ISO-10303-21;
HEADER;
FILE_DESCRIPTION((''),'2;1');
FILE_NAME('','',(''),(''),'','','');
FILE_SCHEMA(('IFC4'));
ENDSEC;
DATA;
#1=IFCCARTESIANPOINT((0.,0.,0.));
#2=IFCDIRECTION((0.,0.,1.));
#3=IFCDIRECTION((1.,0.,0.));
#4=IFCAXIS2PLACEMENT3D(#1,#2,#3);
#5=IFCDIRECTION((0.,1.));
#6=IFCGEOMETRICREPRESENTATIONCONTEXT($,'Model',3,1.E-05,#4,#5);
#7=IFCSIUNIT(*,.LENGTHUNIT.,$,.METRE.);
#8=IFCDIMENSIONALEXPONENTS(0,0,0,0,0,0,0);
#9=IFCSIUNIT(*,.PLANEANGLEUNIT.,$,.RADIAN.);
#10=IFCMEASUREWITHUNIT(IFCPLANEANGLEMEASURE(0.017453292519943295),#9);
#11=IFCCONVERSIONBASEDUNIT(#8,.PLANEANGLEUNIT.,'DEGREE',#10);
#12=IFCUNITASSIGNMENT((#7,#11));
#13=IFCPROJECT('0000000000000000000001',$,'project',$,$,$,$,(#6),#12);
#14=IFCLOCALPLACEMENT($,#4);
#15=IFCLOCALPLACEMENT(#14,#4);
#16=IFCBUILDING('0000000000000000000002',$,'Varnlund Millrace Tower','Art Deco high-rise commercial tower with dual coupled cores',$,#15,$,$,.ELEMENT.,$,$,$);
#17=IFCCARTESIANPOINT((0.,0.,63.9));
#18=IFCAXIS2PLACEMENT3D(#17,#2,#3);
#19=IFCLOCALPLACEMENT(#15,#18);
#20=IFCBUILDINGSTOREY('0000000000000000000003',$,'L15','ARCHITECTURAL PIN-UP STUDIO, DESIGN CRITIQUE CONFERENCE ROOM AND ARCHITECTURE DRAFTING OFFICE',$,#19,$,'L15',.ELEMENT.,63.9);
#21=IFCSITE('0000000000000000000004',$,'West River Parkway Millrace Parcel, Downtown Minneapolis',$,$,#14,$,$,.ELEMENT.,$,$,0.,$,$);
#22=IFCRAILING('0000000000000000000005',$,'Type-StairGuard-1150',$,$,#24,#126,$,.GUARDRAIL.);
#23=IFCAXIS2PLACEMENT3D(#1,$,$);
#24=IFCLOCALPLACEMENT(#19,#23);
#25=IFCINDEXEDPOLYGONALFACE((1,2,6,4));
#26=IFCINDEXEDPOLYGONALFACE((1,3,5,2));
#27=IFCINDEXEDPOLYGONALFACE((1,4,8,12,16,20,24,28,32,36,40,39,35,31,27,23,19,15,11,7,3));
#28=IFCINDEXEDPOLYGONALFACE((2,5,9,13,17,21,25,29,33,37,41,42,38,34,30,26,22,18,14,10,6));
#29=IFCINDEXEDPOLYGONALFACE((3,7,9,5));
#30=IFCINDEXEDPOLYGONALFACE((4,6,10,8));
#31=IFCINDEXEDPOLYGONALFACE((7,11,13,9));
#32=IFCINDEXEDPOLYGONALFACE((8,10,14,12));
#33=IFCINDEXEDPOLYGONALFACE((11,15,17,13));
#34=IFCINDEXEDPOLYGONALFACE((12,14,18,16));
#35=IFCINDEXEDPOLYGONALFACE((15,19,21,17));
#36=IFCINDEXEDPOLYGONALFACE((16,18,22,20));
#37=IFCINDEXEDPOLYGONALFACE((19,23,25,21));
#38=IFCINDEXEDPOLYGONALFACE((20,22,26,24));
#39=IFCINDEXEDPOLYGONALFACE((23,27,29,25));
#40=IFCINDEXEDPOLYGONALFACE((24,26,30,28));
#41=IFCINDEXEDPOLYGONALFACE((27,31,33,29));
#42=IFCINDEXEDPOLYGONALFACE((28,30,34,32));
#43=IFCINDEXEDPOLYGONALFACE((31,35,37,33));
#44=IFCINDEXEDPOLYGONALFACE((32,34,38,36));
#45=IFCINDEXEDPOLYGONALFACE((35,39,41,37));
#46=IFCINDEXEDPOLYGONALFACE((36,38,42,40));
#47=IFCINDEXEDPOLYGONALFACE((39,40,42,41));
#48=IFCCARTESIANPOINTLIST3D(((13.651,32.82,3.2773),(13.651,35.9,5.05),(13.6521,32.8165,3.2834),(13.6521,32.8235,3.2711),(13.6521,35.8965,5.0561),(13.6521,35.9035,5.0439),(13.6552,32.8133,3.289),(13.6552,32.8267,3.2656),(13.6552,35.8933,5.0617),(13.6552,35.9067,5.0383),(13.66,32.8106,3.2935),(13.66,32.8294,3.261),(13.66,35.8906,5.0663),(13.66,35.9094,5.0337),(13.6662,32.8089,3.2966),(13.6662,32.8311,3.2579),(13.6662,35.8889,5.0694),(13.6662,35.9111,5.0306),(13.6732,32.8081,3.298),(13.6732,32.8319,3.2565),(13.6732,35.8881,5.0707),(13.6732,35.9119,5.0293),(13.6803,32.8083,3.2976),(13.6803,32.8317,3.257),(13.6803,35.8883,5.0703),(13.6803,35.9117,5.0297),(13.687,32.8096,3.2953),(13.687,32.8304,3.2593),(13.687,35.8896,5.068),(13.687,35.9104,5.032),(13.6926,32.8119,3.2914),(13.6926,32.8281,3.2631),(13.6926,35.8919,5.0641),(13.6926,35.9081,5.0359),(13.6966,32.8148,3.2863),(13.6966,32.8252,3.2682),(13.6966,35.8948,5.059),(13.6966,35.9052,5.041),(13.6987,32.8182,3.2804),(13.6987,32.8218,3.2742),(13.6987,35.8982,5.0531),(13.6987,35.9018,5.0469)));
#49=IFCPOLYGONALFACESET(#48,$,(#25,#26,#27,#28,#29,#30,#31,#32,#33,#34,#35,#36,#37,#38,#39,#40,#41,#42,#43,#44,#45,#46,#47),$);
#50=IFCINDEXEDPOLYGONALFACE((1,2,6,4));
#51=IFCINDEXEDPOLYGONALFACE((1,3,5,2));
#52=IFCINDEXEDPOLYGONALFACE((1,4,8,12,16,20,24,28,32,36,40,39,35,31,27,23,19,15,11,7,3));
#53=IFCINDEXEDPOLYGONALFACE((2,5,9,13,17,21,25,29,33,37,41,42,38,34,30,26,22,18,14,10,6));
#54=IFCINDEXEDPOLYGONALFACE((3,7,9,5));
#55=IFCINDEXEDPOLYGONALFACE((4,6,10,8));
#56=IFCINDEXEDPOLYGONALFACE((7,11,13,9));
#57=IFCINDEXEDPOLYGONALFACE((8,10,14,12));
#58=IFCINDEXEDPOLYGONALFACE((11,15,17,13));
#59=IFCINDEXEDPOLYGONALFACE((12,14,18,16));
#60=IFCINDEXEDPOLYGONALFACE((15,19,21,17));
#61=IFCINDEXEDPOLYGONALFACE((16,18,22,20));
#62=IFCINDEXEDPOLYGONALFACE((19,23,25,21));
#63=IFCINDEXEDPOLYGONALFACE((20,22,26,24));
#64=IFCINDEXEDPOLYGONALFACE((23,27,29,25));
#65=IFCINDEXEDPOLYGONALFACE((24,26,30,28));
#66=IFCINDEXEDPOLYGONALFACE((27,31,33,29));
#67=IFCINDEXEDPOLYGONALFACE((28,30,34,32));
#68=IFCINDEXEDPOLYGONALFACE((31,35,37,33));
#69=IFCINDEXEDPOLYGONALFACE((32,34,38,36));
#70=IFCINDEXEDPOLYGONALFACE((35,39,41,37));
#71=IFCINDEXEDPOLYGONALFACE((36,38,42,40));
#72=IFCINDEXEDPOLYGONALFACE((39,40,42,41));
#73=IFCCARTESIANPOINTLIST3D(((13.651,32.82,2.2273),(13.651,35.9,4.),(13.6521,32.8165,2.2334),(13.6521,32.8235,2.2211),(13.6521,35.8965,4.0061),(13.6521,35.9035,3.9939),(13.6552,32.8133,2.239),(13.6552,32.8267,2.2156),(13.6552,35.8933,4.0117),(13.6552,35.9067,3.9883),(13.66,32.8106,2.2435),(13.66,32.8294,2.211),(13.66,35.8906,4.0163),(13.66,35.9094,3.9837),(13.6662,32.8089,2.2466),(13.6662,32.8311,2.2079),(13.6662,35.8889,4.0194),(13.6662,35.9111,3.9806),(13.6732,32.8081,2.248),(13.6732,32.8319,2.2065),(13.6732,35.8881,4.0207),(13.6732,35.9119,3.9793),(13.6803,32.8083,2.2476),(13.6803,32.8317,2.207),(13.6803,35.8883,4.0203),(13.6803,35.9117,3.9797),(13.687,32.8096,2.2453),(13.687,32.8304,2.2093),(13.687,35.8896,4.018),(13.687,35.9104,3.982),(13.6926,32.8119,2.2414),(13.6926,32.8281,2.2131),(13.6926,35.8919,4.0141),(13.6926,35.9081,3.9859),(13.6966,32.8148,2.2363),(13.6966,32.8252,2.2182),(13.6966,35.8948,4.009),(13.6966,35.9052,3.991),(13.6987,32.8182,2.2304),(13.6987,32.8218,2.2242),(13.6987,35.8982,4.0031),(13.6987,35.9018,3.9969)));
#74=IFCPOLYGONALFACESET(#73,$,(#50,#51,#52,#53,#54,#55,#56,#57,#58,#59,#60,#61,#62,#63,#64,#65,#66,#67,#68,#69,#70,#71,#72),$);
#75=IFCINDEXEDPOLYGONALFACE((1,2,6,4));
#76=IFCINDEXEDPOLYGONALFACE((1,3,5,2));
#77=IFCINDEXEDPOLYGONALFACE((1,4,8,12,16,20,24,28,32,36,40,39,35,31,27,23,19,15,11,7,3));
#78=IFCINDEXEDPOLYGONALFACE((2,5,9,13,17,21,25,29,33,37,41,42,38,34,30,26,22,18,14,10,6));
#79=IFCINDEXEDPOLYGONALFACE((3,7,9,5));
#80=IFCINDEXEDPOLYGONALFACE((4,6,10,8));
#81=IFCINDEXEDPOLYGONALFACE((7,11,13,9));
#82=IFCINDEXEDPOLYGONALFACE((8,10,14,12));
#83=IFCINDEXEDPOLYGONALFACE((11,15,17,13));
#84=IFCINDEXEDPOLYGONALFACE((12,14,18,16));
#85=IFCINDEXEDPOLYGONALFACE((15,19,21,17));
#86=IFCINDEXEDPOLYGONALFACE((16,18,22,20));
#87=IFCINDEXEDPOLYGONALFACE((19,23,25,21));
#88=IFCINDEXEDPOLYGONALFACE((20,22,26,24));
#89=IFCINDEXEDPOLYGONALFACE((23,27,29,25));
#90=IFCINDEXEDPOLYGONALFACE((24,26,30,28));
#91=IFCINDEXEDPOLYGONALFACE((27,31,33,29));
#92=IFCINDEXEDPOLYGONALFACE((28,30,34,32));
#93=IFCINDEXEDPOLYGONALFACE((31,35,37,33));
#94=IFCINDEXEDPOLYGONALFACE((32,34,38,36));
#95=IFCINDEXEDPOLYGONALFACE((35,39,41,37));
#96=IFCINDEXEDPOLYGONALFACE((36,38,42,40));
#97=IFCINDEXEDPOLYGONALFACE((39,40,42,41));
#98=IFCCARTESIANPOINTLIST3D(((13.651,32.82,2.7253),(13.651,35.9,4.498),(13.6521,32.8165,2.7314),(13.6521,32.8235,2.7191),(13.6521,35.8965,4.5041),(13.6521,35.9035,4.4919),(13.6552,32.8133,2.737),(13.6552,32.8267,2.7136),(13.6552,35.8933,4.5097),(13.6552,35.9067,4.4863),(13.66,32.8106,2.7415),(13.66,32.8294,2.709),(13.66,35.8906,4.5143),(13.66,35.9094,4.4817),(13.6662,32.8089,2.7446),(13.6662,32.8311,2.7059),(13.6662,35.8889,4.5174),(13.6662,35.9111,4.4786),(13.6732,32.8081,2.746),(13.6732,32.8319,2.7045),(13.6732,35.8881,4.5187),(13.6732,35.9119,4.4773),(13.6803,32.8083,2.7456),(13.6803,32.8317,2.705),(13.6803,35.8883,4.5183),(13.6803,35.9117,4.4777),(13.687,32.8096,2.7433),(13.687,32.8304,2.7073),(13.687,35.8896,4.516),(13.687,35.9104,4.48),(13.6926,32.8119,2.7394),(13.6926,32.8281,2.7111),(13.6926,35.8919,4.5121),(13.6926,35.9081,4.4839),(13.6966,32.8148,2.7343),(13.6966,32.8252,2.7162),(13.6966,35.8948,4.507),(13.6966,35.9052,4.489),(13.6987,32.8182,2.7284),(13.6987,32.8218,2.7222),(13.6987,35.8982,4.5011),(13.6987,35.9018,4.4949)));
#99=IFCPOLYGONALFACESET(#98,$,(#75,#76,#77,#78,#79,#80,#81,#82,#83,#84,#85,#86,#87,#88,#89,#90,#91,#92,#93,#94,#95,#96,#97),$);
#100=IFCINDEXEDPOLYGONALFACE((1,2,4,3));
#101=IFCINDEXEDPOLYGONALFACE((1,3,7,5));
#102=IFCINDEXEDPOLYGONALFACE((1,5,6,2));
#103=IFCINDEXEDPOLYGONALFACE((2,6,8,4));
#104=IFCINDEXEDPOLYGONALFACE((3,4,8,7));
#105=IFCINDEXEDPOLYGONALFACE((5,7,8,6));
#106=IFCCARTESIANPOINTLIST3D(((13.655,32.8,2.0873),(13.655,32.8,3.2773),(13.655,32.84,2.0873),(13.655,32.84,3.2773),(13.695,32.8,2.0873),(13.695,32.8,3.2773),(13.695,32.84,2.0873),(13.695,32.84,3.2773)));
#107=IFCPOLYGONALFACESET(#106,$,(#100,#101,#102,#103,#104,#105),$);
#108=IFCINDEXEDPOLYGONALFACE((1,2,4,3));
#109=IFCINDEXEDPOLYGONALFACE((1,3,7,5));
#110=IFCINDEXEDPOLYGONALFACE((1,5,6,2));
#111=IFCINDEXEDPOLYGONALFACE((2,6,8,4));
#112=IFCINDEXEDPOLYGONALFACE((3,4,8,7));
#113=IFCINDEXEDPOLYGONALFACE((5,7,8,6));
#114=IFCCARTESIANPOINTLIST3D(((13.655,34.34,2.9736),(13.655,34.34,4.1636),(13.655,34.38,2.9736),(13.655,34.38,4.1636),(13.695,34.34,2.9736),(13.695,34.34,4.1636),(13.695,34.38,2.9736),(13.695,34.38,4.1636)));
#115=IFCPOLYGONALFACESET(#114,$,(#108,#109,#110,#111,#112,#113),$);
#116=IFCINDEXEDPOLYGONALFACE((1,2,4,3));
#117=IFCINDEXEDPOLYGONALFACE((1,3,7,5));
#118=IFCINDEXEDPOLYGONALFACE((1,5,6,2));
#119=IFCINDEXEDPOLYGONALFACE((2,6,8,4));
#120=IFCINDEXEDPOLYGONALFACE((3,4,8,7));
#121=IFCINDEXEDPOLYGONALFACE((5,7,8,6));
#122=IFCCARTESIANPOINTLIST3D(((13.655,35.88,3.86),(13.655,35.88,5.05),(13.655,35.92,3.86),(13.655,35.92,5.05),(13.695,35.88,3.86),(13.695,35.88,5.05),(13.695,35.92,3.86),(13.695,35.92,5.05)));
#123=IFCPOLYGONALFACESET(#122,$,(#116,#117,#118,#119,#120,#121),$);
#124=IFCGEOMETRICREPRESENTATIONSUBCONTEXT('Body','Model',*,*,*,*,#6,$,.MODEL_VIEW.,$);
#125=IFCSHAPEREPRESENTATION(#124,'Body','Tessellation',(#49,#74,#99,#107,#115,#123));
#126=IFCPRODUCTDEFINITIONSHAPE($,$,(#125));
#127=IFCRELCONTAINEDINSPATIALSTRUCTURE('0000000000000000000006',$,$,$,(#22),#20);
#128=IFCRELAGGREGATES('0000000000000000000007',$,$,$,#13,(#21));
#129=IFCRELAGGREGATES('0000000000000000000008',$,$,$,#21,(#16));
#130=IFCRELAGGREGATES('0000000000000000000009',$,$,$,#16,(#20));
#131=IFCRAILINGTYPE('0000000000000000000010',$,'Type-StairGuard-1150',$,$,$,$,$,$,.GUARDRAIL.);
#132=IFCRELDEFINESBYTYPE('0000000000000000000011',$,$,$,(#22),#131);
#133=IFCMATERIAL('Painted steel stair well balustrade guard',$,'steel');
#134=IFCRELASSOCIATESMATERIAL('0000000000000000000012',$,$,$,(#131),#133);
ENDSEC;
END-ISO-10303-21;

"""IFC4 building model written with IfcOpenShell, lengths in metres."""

from ifc_helpers import new_model, entity, si_unit, converted_unit, direction, frame, origin_with_axes, origin_2d_with_axis, place, context, subcontext, project, spatial, rectangle, circle, extrude, material, type_object, element, save


model = new_model("IFC4")

# Units and contexts
model_context = context("Model", 3, precision=1e-05, world=origin_with_axes(), true_north=direction((0.0, 1.0)))
body_context = subcontext(model_context, "Body", "Model", "MODEL_VIEW")
ifc_project = project(units=[si_unit("LENGTHUNIT", "METRE"), converted_unit("PLANEANGLEUNIT", "DEGREE", entity("IfcPlaneAngleMeasure", 0.017453292519943295), si_unit("PLANEANGLEUNIT", "RADIAN"), dimensions=[0, 0, 0, 0, 0, 0, 0])], contexts=[model_context])

# Site, building, storey
site_placement = place(None, origin_with_axes())
site = spatial("IfcSite", under=ifc_project, at=site_placement, Name="West River Parkway Millrace Parcel, Downtown Minneapolis", CompositionType="ELEMENT", RefElevation=0.0)
building_placement = place(site_placement, origin_with_axes())
building = spatial("IfcBuilding", under=site, at=building_placement, Name="Varnlund Millrace Tower", Description="Art Deco high-rise commercial tower with dual coupled cores", CompositionType="ELEMENT")
storey_placement = place(building_placement, frame((0.0, 0.0, 63.9), z_axis=(0.0, 0.0, 1.0), x_axis=(1.0, 0.0, 0.0)))
storey = spatial("IfcBuildingStorey", under=building, at=storey_placement, Name="L15", Description="ARCHITECTURAL PIN-UP STUDIO, DESIGN CRITIQUE CONFERENCE ROOM AND ARCHITECTURE DRAFTING OFFICE", LongName="L15", CompositionType="ELEMENT", Elevation=63.9)

# Railing
ifc_material_1 = material(Name="Painted steel stair well balustrade guard", Category="steel")
railing_type_1 = type_object("IfcRailingType", Name="Type-StairGuard-1150", PredefinedType="GUARDRAIL", material=ifc_material_1)
railing_1_placement = place(storey_placement, frame((0.0, 0.0, -63.9), z_axis=(0.0, 0.0, 1.0), x_axis=(1.0, 0.0, 0.0)))
element("IfcRailing", 1, at=railing_1_placement, inside=storey, type_object=railing_type_1, Name="Type-StairGuard-1150", PredefinedType="GUARDRAIL", context=body_context, shape_type="SweptSolid", body=[
    extrude(circle(Radius=0.024, at=origin_2d_with_axis()), frame((13.675, 32.82, 67.1773), z_axis=(0.0, 0.866696, 0.498836), x_axis=(-1.0, 0.0, 0.0)), (0.0, 0.0, 1.0), 3.5537),
    extrude(circle(Radius=0.024, at=origin_2d_with_axis()), frame((13.675, 32.82, 66.1273), z_axis=(0.0, 0.866696, 0.498836), x_axis=(-1.0, 0.0, 0.0)), (0.0, 0.0, 1.0), 3.5537),
    extrude(circle(Radius=0.024, at=origin_2d_with_axis()), frame((13.675, 32.82, 66.6253), z_axis=(0.0, 0.866696, 0.498836), x_axis=(-1.0, 0.0, 0.0)), (0.0, 0.0, 1.0), 3.5537),
    extrude(rectangle(XDim=0.04, YDim=0.04, at=origin_2d_with_axis()), frame((13.675, 32.82, 65.9873), z_axis=(0.0, 0.0, 1.0), x_axis=(1.0, 0.0, 0.0)), (0.0, 0.0, 1.0), 1.19),
    extrude(rectangle(XDim=0.04, YDim=0.04, at=origin_2d_with_axis()), frame((13.675, 34.36, 66.8736), z_axis=(0.0, 0.0, 1.0), x_axis=(1.0, 0.0, 0.0)), (0.0, 0.0, 1.0), 1.19),
    extrude(rectangle(XDim=0.04, YDim=0.04, at=origin_2d_with_axis()), frame((13.675, 35.9, 67.76), z_axis=(0.0, 0.0, 1.0), x_axis=(1.0, 0.0, 0.0)), (0.0, 0.0, 1.0), 1.19),
])

save(model, "model.ifc")
